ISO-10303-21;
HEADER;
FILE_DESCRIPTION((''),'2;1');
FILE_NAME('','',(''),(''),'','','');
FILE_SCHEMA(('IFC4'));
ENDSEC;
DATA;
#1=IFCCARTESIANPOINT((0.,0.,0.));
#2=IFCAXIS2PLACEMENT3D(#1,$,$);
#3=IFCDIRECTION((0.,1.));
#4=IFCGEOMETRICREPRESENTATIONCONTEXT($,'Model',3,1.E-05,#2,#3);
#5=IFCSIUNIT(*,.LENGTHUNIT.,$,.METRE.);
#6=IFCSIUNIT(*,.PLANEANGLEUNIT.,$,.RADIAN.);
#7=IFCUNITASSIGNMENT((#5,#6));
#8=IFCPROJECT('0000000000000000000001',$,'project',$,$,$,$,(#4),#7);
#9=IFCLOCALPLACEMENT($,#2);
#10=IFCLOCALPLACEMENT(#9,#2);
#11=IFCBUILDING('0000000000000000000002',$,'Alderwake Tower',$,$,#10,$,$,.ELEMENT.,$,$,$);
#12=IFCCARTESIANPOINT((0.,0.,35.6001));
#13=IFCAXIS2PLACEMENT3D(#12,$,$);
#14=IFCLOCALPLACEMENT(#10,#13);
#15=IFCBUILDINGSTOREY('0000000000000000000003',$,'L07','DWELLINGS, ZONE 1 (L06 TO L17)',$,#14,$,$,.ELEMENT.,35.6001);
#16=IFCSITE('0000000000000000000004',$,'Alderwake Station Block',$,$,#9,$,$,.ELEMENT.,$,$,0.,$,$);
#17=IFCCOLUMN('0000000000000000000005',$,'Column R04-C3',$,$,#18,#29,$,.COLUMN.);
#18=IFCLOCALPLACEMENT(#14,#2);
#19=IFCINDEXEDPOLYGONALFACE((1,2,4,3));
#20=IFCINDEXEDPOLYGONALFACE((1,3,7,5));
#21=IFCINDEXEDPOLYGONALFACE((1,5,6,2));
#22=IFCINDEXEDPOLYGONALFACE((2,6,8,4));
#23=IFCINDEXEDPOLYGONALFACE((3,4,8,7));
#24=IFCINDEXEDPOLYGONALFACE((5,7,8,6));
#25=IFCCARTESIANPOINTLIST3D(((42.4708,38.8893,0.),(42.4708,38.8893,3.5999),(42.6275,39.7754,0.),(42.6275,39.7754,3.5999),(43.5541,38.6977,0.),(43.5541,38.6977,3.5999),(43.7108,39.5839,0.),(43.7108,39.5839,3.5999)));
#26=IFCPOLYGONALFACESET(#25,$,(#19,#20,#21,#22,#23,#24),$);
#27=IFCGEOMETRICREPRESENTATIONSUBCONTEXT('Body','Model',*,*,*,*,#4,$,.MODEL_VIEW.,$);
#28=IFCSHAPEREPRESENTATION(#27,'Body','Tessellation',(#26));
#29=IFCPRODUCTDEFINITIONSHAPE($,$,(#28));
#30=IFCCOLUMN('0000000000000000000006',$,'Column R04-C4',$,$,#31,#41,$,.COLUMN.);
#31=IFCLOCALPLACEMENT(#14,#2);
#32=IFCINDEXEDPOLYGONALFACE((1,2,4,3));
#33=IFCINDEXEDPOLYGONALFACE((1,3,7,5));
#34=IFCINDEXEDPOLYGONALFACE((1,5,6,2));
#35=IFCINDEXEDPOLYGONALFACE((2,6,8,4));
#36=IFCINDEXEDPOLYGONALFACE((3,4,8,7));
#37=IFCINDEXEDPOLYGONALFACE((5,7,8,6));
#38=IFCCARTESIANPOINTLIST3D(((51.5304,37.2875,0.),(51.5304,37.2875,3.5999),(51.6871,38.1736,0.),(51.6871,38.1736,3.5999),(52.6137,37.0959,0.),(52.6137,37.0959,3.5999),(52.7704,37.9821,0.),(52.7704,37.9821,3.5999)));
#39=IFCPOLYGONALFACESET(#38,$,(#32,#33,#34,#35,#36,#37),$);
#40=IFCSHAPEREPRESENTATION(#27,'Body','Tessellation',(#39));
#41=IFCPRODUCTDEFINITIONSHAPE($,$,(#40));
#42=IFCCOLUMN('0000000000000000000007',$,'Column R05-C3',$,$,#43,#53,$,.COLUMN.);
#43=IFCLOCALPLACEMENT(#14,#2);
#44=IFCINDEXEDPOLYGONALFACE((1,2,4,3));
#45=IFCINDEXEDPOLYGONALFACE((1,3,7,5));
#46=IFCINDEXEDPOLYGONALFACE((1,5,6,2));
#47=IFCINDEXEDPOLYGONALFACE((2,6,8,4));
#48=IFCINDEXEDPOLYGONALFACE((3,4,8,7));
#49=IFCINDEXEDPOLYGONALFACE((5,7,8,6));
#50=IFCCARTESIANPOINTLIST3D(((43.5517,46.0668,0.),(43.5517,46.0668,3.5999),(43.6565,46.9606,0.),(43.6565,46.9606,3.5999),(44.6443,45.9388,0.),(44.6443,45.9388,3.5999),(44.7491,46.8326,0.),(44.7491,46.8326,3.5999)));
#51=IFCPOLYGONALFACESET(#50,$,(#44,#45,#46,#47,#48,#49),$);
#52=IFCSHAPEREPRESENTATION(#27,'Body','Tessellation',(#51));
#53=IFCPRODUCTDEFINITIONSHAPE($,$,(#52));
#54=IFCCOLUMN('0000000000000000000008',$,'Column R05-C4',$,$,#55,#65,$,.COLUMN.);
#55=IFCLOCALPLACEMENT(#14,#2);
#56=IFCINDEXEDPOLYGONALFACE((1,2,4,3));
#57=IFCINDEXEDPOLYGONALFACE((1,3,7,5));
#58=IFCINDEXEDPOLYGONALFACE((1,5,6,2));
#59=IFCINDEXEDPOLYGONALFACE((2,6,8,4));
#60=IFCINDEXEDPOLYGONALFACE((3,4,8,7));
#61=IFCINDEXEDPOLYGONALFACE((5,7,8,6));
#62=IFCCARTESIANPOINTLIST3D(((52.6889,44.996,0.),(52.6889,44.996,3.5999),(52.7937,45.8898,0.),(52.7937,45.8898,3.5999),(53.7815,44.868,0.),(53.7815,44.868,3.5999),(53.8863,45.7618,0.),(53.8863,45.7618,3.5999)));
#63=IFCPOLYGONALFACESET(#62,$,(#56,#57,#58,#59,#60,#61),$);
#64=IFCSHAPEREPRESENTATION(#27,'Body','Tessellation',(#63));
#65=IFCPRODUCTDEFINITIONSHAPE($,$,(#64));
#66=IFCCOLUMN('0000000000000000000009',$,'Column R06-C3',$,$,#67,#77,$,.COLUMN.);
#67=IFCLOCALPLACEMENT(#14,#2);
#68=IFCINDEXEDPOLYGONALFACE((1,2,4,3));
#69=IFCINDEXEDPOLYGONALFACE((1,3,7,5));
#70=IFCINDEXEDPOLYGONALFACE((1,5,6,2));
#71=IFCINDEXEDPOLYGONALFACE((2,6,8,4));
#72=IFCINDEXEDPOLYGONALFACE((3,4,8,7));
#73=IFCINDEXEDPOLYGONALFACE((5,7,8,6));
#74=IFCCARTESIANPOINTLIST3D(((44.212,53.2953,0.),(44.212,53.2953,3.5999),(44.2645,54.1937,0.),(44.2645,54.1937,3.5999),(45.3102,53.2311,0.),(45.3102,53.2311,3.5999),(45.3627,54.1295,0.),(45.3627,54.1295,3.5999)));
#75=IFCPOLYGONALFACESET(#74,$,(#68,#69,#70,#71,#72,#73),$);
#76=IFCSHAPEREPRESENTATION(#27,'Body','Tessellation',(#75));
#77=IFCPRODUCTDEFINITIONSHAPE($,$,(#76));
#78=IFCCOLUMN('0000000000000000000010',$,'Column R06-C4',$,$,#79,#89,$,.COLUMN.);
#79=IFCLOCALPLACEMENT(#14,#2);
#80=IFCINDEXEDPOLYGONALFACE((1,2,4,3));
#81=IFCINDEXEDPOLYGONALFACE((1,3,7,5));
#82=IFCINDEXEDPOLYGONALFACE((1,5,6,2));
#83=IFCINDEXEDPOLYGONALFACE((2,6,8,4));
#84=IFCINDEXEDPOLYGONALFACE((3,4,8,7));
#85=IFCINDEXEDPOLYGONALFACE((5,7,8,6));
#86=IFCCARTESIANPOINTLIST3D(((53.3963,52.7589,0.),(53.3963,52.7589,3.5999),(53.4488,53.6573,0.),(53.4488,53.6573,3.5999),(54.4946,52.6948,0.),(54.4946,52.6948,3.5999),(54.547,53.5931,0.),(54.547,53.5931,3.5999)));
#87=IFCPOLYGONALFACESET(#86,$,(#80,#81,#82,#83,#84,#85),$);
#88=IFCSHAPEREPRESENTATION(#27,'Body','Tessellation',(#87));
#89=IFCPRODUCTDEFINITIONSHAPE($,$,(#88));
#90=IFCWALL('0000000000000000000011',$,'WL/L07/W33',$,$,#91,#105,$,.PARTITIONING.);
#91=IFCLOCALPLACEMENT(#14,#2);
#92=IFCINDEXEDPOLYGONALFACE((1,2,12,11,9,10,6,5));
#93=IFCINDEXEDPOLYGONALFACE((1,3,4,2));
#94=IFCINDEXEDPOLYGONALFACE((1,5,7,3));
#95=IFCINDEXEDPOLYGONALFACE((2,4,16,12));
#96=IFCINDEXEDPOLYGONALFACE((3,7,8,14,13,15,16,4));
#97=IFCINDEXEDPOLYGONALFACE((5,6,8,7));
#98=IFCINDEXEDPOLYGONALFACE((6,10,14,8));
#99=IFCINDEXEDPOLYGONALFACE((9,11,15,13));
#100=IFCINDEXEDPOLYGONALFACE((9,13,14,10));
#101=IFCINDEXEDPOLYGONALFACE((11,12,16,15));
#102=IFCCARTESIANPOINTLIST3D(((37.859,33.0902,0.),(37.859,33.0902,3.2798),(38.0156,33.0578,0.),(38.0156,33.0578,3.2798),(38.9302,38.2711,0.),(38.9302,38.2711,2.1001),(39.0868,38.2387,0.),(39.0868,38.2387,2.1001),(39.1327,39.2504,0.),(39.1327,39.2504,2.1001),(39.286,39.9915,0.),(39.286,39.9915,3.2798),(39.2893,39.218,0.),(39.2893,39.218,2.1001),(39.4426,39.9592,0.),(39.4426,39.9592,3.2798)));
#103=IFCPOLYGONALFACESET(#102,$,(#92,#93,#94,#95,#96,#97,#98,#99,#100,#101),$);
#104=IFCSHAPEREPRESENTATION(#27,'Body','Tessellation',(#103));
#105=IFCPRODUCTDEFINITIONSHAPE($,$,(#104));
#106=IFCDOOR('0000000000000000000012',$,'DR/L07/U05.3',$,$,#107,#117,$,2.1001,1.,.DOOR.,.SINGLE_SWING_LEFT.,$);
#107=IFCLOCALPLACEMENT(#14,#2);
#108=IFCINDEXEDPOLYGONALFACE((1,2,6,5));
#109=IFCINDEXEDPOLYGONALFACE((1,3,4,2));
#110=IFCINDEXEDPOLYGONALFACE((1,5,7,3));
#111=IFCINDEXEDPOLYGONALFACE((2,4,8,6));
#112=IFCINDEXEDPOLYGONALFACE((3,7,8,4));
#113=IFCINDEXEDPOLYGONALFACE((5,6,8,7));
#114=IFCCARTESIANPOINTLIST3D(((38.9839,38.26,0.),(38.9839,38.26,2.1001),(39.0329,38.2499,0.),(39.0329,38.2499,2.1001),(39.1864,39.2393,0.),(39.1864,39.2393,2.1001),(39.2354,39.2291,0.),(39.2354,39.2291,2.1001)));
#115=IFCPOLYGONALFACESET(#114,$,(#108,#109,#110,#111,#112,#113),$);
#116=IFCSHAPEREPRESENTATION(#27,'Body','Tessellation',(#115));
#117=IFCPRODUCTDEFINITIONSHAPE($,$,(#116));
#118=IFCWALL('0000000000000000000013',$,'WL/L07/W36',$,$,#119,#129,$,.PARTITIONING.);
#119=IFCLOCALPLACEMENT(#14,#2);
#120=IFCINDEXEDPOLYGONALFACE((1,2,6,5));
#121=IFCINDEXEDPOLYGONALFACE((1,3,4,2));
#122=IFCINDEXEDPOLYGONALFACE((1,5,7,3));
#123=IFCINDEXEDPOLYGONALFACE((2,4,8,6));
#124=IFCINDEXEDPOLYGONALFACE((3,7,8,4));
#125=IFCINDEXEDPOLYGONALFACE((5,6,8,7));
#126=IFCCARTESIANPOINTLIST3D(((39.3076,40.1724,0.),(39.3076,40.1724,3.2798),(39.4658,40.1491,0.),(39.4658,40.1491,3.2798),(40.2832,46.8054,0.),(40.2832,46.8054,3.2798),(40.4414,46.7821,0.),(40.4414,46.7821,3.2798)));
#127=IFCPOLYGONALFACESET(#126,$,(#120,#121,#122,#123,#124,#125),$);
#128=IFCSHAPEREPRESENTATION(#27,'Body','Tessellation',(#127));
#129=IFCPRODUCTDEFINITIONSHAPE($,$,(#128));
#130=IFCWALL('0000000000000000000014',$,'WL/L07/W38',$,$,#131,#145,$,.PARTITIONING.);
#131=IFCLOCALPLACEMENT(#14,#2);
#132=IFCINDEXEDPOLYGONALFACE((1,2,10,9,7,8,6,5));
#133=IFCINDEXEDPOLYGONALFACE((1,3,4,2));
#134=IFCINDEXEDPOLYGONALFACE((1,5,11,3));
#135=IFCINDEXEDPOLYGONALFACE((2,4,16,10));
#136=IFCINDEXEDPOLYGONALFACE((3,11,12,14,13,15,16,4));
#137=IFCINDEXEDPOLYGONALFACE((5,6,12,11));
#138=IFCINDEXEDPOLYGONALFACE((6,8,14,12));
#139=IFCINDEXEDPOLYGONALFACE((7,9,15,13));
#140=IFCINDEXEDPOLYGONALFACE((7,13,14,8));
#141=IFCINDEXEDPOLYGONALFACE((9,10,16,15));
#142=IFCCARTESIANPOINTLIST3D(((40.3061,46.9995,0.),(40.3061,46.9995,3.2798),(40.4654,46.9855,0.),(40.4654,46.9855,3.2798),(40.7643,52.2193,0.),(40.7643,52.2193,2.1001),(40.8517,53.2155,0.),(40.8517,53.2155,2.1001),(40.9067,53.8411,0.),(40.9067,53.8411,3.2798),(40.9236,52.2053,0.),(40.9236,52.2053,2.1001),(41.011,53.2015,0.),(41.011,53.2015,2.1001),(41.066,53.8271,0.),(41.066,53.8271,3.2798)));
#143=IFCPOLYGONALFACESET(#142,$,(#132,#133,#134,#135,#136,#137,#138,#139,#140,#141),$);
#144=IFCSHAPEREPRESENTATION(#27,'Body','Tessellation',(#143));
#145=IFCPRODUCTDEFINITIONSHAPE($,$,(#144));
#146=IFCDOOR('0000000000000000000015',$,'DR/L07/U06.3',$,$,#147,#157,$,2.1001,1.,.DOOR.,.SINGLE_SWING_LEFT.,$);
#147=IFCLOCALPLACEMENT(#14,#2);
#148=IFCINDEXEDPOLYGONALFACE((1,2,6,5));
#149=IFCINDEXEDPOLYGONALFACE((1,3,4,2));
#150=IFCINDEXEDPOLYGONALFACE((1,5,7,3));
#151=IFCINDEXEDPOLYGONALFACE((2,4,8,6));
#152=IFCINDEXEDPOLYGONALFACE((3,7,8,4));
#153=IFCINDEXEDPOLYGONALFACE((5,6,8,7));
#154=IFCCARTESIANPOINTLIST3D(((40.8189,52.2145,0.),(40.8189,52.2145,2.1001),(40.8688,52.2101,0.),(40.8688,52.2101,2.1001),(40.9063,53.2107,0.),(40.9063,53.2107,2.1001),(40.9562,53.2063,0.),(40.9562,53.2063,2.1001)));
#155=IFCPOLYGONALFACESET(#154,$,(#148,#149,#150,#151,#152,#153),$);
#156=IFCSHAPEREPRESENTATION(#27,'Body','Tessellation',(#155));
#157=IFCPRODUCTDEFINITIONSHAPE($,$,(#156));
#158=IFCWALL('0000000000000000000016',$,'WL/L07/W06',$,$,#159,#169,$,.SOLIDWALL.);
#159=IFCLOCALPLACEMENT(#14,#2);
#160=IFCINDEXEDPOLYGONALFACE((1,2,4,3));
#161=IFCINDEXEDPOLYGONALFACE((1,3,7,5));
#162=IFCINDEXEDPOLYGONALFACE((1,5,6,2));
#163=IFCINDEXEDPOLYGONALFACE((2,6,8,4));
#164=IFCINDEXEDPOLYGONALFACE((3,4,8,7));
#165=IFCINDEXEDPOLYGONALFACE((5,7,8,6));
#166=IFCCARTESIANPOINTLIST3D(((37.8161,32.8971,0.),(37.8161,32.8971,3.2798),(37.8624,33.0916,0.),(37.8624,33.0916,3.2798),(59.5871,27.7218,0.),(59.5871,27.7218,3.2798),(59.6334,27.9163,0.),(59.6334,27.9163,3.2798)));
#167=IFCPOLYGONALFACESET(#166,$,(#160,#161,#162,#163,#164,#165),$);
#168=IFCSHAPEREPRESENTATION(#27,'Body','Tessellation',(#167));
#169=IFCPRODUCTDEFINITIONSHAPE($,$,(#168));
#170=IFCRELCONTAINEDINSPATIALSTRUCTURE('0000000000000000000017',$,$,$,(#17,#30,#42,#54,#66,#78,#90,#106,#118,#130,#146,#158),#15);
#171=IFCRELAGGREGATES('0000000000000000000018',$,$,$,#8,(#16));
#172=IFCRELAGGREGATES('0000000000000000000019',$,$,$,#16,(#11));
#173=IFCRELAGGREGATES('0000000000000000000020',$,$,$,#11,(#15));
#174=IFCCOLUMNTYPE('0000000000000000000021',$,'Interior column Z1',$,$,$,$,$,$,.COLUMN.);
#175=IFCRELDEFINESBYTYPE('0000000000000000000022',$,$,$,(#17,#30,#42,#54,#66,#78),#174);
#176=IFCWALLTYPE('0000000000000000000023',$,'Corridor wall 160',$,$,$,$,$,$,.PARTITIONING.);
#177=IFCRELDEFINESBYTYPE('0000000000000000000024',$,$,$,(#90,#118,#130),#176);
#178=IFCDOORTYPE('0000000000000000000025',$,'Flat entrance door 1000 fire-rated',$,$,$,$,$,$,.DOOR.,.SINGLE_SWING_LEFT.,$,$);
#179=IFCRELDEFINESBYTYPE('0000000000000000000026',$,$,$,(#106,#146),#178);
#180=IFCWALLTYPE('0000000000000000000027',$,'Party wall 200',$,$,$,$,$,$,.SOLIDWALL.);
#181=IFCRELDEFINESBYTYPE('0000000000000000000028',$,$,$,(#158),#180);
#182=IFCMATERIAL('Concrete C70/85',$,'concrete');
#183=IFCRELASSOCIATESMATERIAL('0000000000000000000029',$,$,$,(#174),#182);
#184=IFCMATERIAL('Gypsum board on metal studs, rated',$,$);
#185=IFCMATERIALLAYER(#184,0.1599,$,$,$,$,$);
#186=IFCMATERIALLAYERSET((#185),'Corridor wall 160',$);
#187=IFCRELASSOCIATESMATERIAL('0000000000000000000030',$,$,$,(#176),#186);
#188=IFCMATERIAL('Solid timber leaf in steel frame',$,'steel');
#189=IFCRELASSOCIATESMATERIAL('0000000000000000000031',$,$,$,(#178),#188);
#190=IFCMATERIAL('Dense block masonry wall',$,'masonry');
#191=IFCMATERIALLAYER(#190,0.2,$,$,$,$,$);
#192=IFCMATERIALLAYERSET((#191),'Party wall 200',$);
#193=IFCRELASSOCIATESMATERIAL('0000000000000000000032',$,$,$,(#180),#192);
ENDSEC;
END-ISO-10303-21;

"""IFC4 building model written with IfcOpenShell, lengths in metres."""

from ifc_helpers import new_model, si_unit, direction, frame, frame_2d, origin, origin_2d, place, context, subcontext, project, spatial, rectangle, extrude, material, layer, layer_set, material_profile, profile_set, type_object, element, fill, save


model = new_model("IFC4")

# Units and contexts
model_context = context("Model", 3, precision=1e-05, world=origin(), true_north=direction((0.0, 1.0)))
body_context = subcontext(model_context, "Body", "Model", "MODEL_VIEW")
ifc_project = project(units=[si_unit("LENGTHUNIT", "METRE"), si_unit("PLANEANGLEUNIT", "RADIAN")], contexts=[model_context])

# Site, building, storey
site_placement = place(None, origin())
site = spatial("IfcSite", under=ifc_project, at=site_placement, Name="Alderwake Station Block", CompositionType="ELEMENT", RefElevation=0.0)
building_placement = place(site_placement, origin())
building = spatial("IfcBuilding", under=site, at=building_placement, Name="Alderwake Tower", CompositionType="ELEMENT")
storey_placement = place(building_placement, frame((0.0, 0.0, 35.6001)))
storey = spatial("IfcBuildingStorey", under=building, at=storey_placement, Name="L07", Description="DWELLINGS, ZONE 1 (L06 TO L17)", CompositionType="ELEMENT", Elevation=35.6001)

# Columns
ifc_material_1 = material(Name="Concrete C70/85", Category="concrete")
ifc_material_profile = material_profile(ifc_material_1, rectangle(XDim=0.8999, YDim=1.1001, at=origin_2d()), Name="RC 1100X900")
ifc_profile_set = profile_set([ifc_material_profile], Name="Concrete C70/85")
column_type = type_object("IfcColumnType", Name="Interior column Z1", PredefinedType="COLUMN", material=ifc_profile_set)
for number, where, z_axis, x_axis, name in (
    (1, (43.0908, 39.2366, 0.0), (0.0, 0.0, 1.0), (0.174109, 0.984726, 0.0), "Column R04-C3"),
    (2, (52.1504, 37.6348, 0.0), (0.0, 0.0, 1.0), (0.174109, 0.984726, 0.0), "Column R04-C4"),
    (3, (44.1504, 46.4497, 0.0), (0.0, 0.0, 1.0), (0.116402, 0.993202, 0.0), "Column R05-C3"),
    (4, (53.2876, 45.3789, 0.0), (0.0, 0.0, 1.0), (0.116402, 0.993202, 0.0), "Column R05-C4"),
    (5, (44.7874, 53.7124, 0.0), (0.0, 0.0, 1.0), (0.058299, 0.998299, 0.0), "Column R06-C3"),
    (6, (53.9717, 53.176, 0.0), (0.0, 0.0, 1.0), (0.058301, 0.998299, 0.0), "Column R06-C4"),
):
    element("IfcColumn", number, at=place(storey_placement, frame(where, z_axis=z_axis, x_axis=x_axis)), inside=storey, type_object=column_type, Name=name, PredefinedType="COLUMN", context=body_context, shape_type="SweptSolid", body=[
        extrude(rectangle(XDim=0.8999, YDim=1.1001, at=origin_2d()), origin(), (0.0, 0.0, 1.0), 3.5999),
    ])

# Wall, opening, door
ifc_material_2 = material(Name="Gypsum board on metal studs, rated")
ifc_layer_1 = layer(ifc_material_2, 0.1599)
ifc_layer_set_1 = layer_set([ifc_layer_1], Name="Corridor wall 160")
wall_type_1 = type_object("IfcWallType", Name="Corridor wall 160", PredefinedType="PARTITIONING", material=ifc_layer_set_1)
wall_1_placement = place(storey_placement, frame((39.3643, 39.9753, 0.0), z_axis=(0.0, 0.0, 1.0), x_axis=(-0.202488, -0.979285, 0.0)))
wall_1 = element("IfcWall", 7, at=wall_1_placement, inside=storey, type_object=wall_type_1, Name="WL/L07/W33", PredefinedType="PARTITIONING", context=body_context, shape_type="SweptSolid", body=[
    extrude(rectangle(XDim=7.0474, YDim=0.1599, at=frame_2d((3.5237, 0.0))), origin(), (0.0, 0.0, 1.0), 3.2798),
])
opening_1_placement = place(wall_1_placement, frame((0.7568, 0.0, 0.0)))
opening_1 = element("IfcOpeningElement", 8, at=opening_1_placement, cuts=wall_1, PredefinedType="OPENING", context=body_context, shape_type="SweptSolid", body=[
    extrude(rectangle(XDim=1.0, YDim=2.1001, at=frame_2d((0.5, 1.05))), frame((0.0, 0.0898, 0.0), z_axis=(0.0, -1.0, 0.0), x_axis=(1.0, 0.0, 0.0)), (0.0, 0.0, 1.0), 0.1799),
])
ifc_material_3 = material(Name="Solid timber leaf in steel frame", Category="steel")
door_type_1 = type_object("IfcDoorType", Name="Flat entrance door 1000 fire-rated", OperationType="SINGLE_SWING_LEFT", PredefinedType="DOOR", material=ifc_material_3)
door_1_placement = place(opening_1_placement, origin())
door_1 = element("IfcDoor", 9, at=door_1_placement, inside=storey, type_object=door_type_1, Name="DR/L07/U05.3", OperationType="SINGLE_SWING_LEFT", OverallHeight=2.1001, OverallWidth=1.0, PredefinedType="DOOR", context=body_context, shape_type="SweptSolid", body=[
    extrude(rectangle(XDim=1.0, YDim=2.1001, at=frame_2d((0.5, 1.05))), frame((0.0, 0.0249, 0.0), z_axis=(0.0, -1.0, 0.0), x_axis=(1.0, 0.0, 0.0)), (0.0, 0.0, 1.0), 0.05),
])
fill(opening_1, door_1)

# Wall
wall_2_placement = place(storey_placement, frame((39.3867, 40.1609, 0.0), z_axis=(0.0, 0.0, 1.0), x_axis=(0.145514, 0.989356, 0.0)))
element("IfcWall", 10, at=wall_2_placement, inside=storey, type_object=wall_type_1, Name="WL/L07/W36", PredefinedType="PARTITIONING", context=body_context, shape_type="SweptSolid", body=[
    extrude(rectangle(XDim=6.7043, YDim=0.1599, at=frame_2d((3.3521, 0.0))), origin(), (0.0, 0.0, 1.0), 3.2798),
])

# Wall, opening, door
wall_3_placement = place(storey_placement, frame((40.9863, 53.8342, 0.0), z_axis=(0.0, 0.0, 1.0), x_axis=(-0.087449, -0.996169, 0.0)))
wall_3 = element("IfcWall", 11, at=wall_3_placement, inside=storey, type_object=wall_type_1, Name="WL/L07/W38", PredefinedType="PARTITIONING", context=body_context, shape_type="SweptSolid", body=[
    extrude(rectangle(XDim=6.8679, YDim=0.1599, at=frame_2d((3.4341, 0.0))), origin(), (0.0, 0.0, 1.0), 3.2798),
])
opening_2_placement = place(wall_3_placement, frame((0.6282, 0.0, 0.0)))
opening_2 = element("IfcOpeningElement", 12, at=opening_2_placement, cuts=wall_3, PredefinedType="OPENING", context=body_context, shape_type="SweptSolid", body=[
    extrude(rectangle(XDim=1.0, YDim=2.1001, at=frame_2d((0.5, 1.05))), frame((0.0, 0.0898, 0.0), z_axis=(0.0, -1.0, 0.0), x_axis=(1.0, 0.0, 0.0)), (0.0, 0.0, 1.0), 0.1799),
])
door_2_placement = place(opening_2_placement, origin())
door_2 = element("IfcDoor", 13, at=door_2_placement, inside=storey, type_object=door_type_1, Name="DR/L07/U06.3", OperationType="SINGLE_SWING_LEFT", OverallHeight=2.1001, OverallWidth=1.0, PredefinedType="DOOR", context=body_context, shape_type="SweptSolid", body=[
    extrude(rectangle(XDim=1.0, YDim=2.1001, at=frame_2d((0.5, 1.05))), frame((0.0, 0.0249, 0.0), z_axis=(0.0, -1.0, 0.0), x_axis=(1.0, 0.0, 0.0)), (0.0, 0.0, 1.0), 0.05),
])
fill(opening_2, door_2)

# Wall
ifc_material_4 = material(Name="Dense block masonry wall", Category="masonry")
ifc_layer_2 = layer(ifc_material_4, 0.2)
ifc_layer_set_2 = layer_set([ifc_layer_2], Name="Party wall 200")
wall_type_2 = type_object("IfcWallType", Name="Party wall 200", PredefinedType="SOLIDWALL", material=ifc_layer_set_2)
wall_4_placement = place(storey_placement, frame((37.8391, 32.9944, 0.0), z_axis=(0.0, 0.0, 1.0), x_axis=(0.972889, -0.23127, 0.0)))
element("IfcWall", 14, at=wall_4_placement, inside=storey, type_object=wall_type_2, Name="WL/L07/W06", PredefinedType="SOLIDWALL", context=body_context, shape_type="SweptSolid", body=[
    extrude(rectangle(XDim=22.3777, YDim=0.2, at=frame_2d((11.189, 0.0))), origin(), (0.0, 0.0, 1.0), 3.2798),
])

save(model, "model.ifc")
